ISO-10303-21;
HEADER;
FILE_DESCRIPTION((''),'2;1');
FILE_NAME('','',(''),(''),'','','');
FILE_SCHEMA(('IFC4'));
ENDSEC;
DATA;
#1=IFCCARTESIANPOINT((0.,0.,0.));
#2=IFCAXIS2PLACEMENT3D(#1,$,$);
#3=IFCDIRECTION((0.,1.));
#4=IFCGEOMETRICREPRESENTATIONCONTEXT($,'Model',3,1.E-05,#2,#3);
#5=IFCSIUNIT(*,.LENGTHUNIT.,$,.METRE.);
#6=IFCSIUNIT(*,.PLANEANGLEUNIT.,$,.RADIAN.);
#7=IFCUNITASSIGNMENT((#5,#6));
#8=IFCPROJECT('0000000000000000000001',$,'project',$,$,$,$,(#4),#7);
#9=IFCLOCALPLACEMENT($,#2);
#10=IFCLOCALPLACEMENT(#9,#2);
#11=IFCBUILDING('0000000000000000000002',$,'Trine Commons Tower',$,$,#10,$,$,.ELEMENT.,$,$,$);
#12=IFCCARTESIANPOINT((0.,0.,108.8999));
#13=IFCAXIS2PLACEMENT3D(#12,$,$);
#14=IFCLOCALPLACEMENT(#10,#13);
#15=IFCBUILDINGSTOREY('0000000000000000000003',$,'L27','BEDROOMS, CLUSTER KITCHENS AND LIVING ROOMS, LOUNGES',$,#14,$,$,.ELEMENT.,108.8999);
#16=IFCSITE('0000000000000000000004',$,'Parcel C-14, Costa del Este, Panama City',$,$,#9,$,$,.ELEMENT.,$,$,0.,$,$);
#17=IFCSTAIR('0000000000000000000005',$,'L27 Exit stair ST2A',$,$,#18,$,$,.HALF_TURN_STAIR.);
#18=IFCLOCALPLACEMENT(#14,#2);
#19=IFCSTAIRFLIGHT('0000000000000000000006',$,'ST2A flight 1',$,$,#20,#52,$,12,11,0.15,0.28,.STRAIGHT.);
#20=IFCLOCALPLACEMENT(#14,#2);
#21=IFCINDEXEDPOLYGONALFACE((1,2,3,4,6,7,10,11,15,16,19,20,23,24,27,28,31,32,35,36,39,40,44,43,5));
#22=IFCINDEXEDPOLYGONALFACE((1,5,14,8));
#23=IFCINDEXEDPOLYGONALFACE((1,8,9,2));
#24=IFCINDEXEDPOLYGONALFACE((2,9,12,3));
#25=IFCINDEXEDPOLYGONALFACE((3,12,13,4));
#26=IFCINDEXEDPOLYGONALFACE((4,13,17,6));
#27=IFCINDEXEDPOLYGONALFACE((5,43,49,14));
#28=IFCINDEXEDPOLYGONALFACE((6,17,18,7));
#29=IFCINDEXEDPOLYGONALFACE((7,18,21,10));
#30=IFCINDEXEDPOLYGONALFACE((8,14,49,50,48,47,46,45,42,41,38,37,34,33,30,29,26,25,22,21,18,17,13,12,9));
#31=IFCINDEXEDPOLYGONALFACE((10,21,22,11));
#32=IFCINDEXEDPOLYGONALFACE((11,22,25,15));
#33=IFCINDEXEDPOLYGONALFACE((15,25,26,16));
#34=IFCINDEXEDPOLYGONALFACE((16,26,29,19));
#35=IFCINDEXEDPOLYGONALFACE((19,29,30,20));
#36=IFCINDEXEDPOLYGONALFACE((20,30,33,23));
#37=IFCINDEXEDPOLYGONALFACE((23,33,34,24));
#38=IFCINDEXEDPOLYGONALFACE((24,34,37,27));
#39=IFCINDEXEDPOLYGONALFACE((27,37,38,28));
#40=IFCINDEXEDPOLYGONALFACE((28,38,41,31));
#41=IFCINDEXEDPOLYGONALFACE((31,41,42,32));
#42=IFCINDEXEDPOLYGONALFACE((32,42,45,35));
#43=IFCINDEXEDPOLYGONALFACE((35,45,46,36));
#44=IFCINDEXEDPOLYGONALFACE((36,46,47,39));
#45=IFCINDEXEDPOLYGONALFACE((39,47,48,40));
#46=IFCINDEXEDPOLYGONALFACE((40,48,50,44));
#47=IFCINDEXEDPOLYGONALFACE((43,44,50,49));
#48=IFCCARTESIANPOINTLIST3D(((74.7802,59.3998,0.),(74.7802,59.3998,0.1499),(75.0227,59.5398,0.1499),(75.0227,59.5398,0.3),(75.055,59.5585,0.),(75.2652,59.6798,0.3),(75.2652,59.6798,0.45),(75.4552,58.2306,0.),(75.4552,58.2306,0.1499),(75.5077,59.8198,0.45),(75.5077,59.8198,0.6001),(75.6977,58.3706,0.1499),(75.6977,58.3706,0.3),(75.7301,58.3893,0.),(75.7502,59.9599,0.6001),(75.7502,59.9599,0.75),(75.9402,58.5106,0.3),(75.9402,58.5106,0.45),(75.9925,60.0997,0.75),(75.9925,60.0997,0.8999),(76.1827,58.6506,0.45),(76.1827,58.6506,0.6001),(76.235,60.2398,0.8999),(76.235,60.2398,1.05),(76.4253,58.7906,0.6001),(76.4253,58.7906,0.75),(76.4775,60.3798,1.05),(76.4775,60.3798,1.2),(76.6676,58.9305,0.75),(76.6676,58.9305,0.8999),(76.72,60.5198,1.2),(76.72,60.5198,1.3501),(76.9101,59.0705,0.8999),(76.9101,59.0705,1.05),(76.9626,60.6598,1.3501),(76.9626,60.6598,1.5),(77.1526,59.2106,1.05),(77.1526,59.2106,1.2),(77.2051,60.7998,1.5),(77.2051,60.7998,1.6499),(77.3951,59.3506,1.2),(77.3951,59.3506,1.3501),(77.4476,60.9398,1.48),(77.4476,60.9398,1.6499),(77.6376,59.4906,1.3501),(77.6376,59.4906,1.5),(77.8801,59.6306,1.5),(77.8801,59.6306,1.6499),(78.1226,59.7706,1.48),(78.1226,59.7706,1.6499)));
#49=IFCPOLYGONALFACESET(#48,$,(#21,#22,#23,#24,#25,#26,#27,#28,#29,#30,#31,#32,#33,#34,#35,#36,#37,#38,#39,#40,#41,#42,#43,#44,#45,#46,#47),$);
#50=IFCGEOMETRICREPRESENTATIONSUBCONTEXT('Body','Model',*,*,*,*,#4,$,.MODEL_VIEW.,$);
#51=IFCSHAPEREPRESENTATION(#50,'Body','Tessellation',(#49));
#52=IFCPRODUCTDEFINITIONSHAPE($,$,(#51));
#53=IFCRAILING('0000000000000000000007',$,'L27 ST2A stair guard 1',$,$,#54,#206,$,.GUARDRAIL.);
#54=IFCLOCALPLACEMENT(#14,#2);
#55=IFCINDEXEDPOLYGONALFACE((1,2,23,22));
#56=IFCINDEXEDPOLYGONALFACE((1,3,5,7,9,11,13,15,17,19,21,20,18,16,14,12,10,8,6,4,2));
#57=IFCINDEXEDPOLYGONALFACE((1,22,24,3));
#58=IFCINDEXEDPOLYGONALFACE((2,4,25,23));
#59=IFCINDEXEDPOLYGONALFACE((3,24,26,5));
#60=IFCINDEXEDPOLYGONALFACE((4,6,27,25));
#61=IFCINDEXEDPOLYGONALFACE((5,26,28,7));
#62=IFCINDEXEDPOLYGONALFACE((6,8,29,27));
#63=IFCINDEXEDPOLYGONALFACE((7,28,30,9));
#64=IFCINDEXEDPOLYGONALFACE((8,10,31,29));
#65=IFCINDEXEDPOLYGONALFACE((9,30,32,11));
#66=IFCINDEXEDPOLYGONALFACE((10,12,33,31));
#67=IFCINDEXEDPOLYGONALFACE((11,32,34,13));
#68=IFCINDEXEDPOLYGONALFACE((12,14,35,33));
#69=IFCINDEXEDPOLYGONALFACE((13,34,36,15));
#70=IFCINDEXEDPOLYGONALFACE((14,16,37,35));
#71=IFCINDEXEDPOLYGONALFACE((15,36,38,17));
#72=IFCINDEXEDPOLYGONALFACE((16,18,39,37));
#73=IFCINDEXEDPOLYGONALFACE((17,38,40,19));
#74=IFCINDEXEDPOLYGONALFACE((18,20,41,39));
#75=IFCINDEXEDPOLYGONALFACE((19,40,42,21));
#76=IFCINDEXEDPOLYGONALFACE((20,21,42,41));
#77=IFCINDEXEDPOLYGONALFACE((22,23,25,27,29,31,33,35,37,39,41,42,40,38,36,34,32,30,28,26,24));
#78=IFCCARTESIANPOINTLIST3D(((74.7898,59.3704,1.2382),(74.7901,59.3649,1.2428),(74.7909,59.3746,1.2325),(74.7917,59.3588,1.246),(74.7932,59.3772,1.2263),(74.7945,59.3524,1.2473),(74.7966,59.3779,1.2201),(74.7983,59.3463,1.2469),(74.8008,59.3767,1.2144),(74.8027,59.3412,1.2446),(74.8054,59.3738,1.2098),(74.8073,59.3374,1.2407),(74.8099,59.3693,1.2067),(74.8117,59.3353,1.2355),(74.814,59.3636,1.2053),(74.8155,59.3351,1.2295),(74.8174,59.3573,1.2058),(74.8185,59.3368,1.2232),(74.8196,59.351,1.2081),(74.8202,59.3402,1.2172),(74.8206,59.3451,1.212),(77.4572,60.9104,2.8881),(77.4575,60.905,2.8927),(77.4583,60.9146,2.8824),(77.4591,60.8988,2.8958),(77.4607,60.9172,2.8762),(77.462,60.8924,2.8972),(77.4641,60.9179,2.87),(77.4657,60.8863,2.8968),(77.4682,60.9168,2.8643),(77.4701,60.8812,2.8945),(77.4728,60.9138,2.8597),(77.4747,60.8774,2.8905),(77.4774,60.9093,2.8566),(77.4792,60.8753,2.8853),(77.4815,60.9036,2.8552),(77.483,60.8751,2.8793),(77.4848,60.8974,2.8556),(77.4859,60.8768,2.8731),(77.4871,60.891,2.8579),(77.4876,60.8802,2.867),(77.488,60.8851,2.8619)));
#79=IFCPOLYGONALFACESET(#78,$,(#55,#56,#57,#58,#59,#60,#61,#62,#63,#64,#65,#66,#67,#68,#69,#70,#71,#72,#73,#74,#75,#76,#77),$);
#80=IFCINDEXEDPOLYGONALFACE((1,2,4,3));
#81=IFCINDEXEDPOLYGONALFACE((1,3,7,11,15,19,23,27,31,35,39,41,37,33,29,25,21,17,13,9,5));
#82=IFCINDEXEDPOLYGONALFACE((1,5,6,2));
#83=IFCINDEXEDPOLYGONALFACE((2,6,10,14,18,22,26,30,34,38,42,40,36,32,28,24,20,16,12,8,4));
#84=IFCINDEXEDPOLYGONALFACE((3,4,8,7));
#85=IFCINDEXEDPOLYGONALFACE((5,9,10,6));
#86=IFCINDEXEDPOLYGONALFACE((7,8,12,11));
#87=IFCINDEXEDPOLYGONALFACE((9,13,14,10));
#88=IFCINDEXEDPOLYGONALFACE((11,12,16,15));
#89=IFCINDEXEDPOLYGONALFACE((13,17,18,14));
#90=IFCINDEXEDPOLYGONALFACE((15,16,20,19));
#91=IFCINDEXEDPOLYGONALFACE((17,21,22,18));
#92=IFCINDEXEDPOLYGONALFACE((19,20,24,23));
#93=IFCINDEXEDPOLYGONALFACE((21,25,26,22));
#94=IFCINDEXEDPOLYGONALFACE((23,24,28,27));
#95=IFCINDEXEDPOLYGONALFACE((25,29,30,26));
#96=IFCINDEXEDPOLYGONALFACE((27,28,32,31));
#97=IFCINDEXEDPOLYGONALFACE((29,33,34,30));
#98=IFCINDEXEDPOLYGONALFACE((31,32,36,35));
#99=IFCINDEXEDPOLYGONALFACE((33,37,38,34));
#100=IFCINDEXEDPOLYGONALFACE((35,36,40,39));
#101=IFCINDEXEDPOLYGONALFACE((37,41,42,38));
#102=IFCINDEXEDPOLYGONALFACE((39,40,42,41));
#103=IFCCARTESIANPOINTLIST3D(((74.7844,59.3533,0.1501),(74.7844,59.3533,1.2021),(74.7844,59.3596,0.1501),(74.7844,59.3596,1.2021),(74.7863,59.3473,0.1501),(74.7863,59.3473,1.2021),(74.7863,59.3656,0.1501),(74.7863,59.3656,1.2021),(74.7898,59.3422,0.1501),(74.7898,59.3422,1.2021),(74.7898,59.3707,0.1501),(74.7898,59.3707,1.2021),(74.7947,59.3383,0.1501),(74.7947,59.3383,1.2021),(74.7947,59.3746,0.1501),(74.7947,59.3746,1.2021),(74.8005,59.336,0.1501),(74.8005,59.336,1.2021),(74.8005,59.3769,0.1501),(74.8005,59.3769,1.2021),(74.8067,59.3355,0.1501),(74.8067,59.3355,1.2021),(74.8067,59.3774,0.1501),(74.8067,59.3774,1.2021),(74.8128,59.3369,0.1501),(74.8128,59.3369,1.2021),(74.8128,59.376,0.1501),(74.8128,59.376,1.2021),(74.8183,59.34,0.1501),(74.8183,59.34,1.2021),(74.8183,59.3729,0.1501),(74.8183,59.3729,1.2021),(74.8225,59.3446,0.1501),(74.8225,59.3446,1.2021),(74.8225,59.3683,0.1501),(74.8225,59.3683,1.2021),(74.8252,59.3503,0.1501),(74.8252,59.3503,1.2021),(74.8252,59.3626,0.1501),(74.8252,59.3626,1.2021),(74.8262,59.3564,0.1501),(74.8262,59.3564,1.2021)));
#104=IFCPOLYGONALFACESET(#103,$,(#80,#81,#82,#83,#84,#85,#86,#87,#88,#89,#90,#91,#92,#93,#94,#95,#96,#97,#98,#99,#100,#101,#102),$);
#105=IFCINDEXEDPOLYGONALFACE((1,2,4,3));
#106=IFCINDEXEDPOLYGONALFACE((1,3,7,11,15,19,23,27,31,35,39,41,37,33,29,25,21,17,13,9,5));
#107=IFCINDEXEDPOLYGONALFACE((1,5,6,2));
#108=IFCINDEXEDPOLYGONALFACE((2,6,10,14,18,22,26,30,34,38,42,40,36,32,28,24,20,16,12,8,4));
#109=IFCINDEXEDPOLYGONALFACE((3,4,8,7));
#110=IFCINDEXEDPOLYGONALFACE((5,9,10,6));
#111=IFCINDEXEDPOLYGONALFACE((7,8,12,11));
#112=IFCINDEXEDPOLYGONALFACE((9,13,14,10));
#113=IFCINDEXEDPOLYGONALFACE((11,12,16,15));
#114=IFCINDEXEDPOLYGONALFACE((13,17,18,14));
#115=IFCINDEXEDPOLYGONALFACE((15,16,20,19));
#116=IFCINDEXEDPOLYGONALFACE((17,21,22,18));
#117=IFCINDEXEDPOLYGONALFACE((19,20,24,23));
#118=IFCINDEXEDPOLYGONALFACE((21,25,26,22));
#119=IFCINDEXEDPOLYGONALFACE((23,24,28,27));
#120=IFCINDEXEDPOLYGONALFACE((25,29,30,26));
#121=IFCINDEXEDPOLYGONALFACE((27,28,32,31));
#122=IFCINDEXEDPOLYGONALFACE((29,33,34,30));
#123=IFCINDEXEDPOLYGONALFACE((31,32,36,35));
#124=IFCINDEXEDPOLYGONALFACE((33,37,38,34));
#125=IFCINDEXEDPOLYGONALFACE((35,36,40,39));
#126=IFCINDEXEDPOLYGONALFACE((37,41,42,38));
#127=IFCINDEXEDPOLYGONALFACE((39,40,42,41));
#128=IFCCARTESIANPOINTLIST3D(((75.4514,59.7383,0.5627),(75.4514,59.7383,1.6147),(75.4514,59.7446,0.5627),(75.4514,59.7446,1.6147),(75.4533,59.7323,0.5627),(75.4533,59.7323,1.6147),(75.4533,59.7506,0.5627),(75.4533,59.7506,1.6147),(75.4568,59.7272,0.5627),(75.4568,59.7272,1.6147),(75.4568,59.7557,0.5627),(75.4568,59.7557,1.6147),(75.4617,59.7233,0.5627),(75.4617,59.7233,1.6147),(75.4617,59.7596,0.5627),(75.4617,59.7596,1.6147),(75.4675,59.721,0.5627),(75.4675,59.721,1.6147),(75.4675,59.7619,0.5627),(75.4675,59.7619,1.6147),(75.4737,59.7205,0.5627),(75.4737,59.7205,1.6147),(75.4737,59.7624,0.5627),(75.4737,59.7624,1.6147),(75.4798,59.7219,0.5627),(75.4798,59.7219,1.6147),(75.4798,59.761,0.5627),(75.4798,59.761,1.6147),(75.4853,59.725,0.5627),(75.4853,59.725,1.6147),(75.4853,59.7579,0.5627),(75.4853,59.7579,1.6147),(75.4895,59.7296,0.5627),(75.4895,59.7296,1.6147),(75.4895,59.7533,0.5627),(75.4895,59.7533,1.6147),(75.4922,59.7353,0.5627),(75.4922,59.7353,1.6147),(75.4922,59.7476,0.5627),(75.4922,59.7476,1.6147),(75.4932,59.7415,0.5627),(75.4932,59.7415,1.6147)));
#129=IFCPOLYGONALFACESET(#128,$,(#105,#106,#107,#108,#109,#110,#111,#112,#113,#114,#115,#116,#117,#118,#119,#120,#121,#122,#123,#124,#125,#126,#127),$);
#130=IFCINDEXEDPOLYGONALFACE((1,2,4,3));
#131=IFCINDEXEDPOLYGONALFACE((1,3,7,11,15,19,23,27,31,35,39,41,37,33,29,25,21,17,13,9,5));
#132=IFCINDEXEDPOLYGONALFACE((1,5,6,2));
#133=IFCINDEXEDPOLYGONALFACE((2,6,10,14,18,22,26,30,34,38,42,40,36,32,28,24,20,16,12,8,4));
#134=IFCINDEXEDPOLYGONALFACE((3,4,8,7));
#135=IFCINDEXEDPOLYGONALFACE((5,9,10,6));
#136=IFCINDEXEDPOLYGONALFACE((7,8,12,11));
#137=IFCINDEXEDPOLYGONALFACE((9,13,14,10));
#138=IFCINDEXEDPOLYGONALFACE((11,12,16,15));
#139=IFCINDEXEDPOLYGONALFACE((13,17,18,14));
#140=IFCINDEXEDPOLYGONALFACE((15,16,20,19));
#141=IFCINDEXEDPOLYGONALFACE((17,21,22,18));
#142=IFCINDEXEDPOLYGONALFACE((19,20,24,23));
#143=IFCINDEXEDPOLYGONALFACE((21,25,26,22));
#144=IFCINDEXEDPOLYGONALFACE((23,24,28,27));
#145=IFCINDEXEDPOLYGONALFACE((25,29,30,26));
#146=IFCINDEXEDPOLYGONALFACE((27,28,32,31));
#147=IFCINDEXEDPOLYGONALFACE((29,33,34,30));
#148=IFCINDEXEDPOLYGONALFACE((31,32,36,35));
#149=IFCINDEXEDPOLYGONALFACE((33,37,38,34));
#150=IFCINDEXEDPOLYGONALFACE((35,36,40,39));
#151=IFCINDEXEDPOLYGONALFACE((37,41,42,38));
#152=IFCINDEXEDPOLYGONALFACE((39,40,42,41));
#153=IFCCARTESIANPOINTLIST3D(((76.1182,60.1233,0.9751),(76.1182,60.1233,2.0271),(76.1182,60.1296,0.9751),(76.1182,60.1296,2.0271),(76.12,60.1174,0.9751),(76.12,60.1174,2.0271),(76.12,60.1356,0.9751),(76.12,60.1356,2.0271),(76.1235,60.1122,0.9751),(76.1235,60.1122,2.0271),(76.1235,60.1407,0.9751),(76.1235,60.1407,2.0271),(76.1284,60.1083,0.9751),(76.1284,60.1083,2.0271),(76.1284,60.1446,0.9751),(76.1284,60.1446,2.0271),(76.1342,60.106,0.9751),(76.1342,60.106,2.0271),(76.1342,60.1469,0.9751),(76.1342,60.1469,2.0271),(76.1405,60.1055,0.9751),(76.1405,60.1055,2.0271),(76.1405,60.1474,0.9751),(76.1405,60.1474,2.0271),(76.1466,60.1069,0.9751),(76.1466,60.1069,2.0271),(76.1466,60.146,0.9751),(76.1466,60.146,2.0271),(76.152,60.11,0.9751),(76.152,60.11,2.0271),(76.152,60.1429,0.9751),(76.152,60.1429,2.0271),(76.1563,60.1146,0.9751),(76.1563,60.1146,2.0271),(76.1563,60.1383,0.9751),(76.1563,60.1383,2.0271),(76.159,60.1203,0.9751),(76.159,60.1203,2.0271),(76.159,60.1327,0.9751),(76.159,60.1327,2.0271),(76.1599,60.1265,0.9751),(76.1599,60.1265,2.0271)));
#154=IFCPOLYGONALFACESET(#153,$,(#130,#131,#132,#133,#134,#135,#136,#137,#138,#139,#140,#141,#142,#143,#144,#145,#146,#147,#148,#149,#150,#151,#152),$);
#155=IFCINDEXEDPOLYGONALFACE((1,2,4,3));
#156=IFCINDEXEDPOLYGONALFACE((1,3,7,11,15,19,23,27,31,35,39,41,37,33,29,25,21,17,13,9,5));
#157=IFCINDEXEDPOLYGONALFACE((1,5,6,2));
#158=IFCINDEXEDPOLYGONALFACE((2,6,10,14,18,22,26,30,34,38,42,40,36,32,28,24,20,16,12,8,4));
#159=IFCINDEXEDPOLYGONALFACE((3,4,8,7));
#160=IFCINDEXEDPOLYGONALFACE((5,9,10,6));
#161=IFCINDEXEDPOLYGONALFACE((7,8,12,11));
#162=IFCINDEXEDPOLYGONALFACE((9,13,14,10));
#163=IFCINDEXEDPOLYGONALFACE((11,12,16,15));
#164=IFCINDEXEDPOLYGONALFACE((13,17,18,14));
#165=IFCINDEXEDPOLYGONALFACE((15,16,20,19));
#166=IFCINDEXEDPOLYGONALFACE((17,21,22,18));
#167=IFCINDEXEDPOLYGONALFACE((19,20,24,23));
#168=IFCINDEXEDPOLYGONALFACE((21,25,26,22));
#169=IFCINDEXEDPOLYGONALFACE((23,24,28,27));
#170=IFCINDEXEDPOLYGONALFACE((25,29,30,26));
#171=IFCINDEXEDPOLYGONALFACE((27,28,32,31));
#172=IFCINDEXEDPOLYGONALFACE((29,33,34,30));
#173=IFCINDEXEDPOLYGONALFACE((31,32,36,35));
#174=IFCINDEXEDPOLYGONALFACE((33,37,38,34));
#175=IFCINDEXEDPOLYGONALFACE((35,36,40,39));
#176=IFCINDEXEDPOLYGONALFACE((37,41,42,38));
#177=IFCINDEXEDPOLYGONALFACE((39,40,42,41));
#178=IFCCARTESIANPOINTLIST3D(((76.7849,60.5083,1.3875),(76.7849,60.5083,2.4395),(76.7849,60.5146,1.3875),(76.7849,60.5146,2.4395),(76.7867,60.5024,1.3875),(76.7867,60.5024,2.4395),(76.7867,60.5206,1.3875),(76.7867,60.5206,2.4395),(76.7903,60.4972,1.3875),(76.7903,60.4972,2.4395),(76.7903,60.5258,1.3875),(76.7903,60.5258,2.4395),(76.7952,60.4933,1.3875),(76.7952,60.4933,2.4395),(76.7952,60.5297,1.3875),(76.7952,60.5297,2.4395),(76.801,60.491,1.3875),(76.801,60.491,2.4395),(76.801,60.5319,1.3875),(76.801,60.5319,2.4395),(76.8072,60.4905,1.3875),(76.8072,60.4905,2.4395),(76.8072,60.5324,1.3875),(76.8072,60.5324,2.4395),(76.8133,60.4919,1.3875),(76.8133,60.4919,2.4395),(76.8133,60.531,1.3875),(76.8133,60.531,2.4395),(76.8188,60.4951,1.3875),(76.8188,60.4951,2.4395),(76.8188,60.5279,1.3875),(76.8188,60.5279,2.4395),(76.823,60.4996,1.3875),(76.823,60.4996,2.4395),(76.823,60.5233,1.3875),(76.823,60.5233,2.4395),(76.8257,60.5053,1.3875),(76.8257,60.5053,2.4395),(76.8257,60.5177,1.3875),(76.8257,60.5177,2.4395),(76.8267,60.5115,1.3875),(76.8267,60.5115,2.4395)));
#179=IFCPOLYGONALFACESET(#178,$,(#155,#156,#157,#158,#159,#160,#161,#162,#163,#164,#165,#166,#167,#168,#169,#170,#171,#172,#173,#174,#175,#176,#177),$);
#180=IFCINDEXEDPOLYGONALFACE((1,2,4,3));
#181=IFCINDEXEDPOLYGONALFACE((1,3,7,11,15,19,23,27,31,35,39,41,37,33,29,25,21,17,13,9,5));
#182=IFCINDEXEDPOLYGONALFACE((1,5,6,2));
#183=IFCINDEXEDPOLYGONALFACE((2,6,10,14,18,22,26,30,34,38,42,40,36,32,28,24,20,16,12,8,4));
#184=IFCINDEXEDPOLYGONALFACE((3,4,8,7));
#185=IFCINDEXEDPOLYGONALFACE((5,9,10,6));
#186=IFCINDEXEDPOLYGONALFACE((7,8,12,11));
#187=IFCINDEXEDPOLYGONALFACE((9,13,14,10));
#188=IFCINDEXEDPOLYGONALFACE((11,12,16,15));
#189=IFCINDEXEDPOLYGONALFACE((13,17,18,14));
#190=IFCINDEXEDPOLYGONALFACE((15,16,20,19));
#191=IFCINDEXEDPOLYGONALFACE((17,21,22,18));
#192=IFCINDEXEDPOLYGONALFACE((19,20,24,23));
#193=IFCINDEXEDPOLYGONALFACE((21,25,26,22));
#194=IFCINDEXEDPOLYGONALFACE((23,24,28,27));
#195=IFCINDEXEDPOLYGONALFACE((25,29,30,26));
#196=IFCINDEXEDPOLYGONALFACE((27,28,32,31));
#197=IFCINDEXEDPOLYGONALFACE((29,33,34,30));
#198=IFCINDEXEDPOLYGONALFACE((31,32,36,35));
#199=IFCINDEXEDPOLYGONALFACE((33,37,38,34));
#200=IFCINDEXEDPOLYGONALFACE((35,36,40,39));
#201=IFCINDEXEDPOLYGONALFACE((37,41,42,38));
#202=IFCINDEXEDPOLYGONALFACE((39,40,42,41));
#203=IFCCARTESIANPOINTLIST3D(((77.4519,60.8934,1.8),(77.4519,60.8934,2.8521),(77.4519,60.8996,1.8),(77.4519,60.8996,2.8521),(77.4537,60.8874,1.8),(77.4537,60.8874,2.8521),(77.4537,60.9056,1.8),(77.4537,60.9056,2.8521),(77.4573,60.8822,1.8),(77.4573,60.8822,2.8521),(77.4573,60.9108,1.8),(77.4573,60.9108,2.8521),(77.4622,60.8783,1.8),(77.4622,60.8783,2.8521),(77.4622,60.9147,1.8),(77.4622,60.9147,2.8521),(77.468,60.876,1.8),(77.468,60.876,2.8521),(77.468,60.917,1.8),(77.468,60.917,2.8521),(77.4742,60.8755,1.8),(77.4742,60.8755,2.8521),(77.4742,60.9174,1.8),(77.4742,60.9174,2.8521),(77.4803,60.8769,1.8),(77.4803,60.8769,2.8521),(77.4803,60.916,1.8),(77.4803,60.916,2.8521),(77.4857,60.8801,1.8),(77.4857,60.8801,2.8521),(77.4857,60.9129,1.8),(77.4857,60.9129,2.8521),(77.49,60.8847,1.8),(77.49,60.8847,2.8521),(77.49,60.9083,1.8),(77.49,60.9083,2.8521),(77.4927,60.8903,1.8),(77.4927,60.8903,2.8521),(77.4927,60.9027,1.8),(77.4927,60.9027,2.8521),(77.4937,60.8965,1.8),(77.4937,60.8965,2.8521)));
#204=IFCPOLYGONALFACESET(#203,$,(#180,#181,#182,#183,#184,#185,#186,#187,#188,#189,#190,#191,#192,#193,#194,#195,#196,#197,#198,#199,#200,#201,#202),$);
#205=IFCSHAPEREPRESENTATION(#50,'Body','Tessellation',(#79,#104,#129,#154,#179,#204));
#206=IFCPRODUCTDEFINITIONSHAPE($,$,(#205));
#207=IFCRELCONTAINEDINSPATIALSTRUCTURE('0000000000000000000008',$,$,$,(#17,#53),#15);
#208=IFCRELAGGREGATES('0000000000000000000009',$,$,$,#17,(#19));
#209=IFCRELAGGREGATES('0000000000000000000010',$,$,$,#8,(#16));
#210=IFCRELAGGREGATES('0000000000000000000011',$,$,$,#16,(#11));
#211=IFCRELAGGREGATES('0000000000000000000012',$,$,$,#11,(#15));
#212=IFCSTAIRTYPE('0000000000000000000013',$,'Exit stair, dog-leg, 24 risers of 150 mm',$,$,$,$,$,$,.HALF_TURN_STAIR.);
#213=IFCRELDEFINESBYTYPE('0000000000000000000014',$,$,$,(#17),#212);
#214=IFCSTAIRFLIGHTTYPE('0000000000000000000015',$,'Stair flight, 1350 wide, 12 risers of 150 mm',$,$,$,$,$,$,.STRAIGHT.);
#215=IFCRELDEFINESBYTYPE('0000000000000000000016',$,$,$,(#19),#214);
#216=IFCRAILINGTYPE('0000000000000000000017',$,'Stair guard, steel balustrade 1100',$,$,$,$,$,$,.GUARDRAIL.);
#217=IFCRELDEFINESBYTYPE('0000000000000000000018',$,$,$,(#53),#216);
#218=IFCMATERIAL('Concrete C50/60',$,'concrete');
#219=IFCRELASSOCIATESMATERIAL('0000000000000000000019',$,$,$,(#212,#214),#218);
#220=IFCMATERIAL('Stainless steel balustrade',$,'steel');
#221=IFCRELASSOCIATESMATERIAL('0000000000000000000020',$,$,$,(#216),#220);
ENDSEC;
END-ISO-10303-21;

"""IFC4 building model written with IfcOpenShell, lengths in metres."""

from ifc_helpers import new_model, si_unit, direction, frame, origin, origin_2d, place, context, subcontext, project, spatial, polyline, circle, outline, extrude, material, type_object, element, aggregate, save


model = new_model("IFC4")

# Units and contexts
model_context = context("Model", 3, precision=1e-05, world=origin(), true_north=direction((0.0, 1.0)))
body_context = subcontext(model_context, "Body", "Model", "MODEL_VIEW")
ifc_project = project(units=[si_unit("LENGTHUNIT", "METRE"), si_unit("PLANEANGLEUNIT", "RADIAN")], contexts=[model_context])

# Site, building, storey
site_placement = place(None, origin())
site = spatial("IfcSite", under=ifc_project, at=site_placement, Name="Parcel C-14, Costa del Este, Panama City", CompositionType="ELEMENT", RefElevation=0.0)
building_placement = place(site_placement, origin())
building = spatial("IfcBuilding", under=site, at=building_placement, Name="Trine Commons Tower", CompositionType="ELEMENT")
storey_placement = place(building_placement, frame((0.0, 0.0, 108.8999)))
storey = spatial("IfcBuildingStorey", under=building, at=storey_placement, Name="L27", Description="BEDROOMS, CLUSTER KITCHENS AND LIVING ROOMS, LOUNGES", CompositionType="ELEMENT", Elevation=108.8999)

# Stair, stair flight
ifc_material_1 = material(Name="Concrete C50/60", Category="concrete")
stair_type = type_object("IfcStairType", Name="Exit stair, dog-leg, 24 risers of 150 mm", PredefinedType="HALF_TURN_STAIR", material=ifc_material_1)
stair_placement = place(storey_placement, origin())
stair = element("IfcStair", 1, at=stair_placement, inside=storey, type_object=stair_type, Name="L27 Exit stair ST2A", PredefinedType="HALF_TURN_STAIR")
stair_flight_type = type_object("IfcStairFlightType", Name="Stair flight, 1350 wide, 12 risers of 150 mm", PredefinedType="STRAIGHT", material=ifc_material_1)
stair_flight_placement = place(storey_placement, frame((75.1177, 58.8152, 0.0), z_axis=(0.0, 0.0, 1.0), x_axis=(0.866025, 0.5, 0.0)))
stair_flight = element("IfcStairFlight", 2, at=stair_flight_placement, type_object=stair_flight_type, Name="ST2A flight 1", NumberOfRisers=12, NumberOfTreads=11, PredefinedType="STRAIGHT", RiserHeight=0.15, TreadLength=0.28, context=body_context, shape_type="SweptSolid", body=[
    extrude(outline(polyline([(0.0, 0.0), (0.0, 0.1499), (0.28, 0.1499), (0.28, 0.3), (0.5601, 0.3), (0.5601, 0.45), (0.8401, 0.45), (0.8401, 0.6001), (1.1201, 0.6001), (1.1201, 0.75), (1.3999, 0.75), (1.3999, 0.8999), (1.6799, 0.8999), (1.6799, 1.05), (1.96, 1.05), (1.96, 1.2), (2.24, 1.2), (2.24, 1.3501), (2.52, 1.3501), (2.52, 1.5), (2.8, 1.5), (2.8, 1.6499), (3.0801, 1.6499), (3.0801, 1.8), (3.0801, 1.48), (0.3174, 0.0), (0.0, 0.0)])), frame((0.0, 0.675, 0.0), z_axis=(0.0, -1.0, 0.0), x_axis=(1.0, 0.0, 0.0)), (0.0, 0.0, 1.0), 1.3501),
])
aggregate(stair, [stair_flight])

# Railing
ifc_material_2 = material(Name="Stainless steel balustrade", Category="steel")
railing_type_1 = type_object("IfcRailingType", Name="Stair guard, steel balustrade 1100", PredefinedType="GUARDRAIL", material=ifc_material_2)
railing_1_placement = place(storey_placement, frame((74.8052, 59.3564, 0.1501)))
element("IfcRailing", 3, at=railing_1_placement, inside=storey, type_object=railing_type_1, Name="L27 ST2A stair guard 1", PredefinedType="GUARDRAIL", context=body_context, shape_type="SweptSolid", body=[
    extrude(circle(Radius=0.0239, at=origin_2d()), frame((0.0, 0.0, 1.0762), z_axis=(0.763405, 0.440743, 0.472185), x_axis=(-0.499992, 0.86603, 0.0)), (0.0, 0.0, 1.0), 3.4941),
    extrude(circle(Radius=0.021, at=origin_2d()), origin(), (0.0, 0.0, 1.0), 1.052),
    extrude(circle(Radius=0.021, at=origin_2d()), frame((0.667, 0.385, 0.4126)), (0.0, 0.0, 1.0), 1.052),
    extrude(circle(Radius=0.021, at=origin_2d()), frame((1.3337, 0.77, 0.825)), (0.0, 0.0, 1.0), 1.052),
    extrude(circle(Radius=0.021, at=origin_2d()), frame((2.0005, 1.155, 1.2373)), (0.0, 0.0, 1.0), 1.052),
    extrude(circle(Radius=0.021, at=origin_2d()), frame((2.6675, 1.54, 1.6499)), (0.0, 0.0, 1.0), 1.052),
])

save(model, "model.ifc")
